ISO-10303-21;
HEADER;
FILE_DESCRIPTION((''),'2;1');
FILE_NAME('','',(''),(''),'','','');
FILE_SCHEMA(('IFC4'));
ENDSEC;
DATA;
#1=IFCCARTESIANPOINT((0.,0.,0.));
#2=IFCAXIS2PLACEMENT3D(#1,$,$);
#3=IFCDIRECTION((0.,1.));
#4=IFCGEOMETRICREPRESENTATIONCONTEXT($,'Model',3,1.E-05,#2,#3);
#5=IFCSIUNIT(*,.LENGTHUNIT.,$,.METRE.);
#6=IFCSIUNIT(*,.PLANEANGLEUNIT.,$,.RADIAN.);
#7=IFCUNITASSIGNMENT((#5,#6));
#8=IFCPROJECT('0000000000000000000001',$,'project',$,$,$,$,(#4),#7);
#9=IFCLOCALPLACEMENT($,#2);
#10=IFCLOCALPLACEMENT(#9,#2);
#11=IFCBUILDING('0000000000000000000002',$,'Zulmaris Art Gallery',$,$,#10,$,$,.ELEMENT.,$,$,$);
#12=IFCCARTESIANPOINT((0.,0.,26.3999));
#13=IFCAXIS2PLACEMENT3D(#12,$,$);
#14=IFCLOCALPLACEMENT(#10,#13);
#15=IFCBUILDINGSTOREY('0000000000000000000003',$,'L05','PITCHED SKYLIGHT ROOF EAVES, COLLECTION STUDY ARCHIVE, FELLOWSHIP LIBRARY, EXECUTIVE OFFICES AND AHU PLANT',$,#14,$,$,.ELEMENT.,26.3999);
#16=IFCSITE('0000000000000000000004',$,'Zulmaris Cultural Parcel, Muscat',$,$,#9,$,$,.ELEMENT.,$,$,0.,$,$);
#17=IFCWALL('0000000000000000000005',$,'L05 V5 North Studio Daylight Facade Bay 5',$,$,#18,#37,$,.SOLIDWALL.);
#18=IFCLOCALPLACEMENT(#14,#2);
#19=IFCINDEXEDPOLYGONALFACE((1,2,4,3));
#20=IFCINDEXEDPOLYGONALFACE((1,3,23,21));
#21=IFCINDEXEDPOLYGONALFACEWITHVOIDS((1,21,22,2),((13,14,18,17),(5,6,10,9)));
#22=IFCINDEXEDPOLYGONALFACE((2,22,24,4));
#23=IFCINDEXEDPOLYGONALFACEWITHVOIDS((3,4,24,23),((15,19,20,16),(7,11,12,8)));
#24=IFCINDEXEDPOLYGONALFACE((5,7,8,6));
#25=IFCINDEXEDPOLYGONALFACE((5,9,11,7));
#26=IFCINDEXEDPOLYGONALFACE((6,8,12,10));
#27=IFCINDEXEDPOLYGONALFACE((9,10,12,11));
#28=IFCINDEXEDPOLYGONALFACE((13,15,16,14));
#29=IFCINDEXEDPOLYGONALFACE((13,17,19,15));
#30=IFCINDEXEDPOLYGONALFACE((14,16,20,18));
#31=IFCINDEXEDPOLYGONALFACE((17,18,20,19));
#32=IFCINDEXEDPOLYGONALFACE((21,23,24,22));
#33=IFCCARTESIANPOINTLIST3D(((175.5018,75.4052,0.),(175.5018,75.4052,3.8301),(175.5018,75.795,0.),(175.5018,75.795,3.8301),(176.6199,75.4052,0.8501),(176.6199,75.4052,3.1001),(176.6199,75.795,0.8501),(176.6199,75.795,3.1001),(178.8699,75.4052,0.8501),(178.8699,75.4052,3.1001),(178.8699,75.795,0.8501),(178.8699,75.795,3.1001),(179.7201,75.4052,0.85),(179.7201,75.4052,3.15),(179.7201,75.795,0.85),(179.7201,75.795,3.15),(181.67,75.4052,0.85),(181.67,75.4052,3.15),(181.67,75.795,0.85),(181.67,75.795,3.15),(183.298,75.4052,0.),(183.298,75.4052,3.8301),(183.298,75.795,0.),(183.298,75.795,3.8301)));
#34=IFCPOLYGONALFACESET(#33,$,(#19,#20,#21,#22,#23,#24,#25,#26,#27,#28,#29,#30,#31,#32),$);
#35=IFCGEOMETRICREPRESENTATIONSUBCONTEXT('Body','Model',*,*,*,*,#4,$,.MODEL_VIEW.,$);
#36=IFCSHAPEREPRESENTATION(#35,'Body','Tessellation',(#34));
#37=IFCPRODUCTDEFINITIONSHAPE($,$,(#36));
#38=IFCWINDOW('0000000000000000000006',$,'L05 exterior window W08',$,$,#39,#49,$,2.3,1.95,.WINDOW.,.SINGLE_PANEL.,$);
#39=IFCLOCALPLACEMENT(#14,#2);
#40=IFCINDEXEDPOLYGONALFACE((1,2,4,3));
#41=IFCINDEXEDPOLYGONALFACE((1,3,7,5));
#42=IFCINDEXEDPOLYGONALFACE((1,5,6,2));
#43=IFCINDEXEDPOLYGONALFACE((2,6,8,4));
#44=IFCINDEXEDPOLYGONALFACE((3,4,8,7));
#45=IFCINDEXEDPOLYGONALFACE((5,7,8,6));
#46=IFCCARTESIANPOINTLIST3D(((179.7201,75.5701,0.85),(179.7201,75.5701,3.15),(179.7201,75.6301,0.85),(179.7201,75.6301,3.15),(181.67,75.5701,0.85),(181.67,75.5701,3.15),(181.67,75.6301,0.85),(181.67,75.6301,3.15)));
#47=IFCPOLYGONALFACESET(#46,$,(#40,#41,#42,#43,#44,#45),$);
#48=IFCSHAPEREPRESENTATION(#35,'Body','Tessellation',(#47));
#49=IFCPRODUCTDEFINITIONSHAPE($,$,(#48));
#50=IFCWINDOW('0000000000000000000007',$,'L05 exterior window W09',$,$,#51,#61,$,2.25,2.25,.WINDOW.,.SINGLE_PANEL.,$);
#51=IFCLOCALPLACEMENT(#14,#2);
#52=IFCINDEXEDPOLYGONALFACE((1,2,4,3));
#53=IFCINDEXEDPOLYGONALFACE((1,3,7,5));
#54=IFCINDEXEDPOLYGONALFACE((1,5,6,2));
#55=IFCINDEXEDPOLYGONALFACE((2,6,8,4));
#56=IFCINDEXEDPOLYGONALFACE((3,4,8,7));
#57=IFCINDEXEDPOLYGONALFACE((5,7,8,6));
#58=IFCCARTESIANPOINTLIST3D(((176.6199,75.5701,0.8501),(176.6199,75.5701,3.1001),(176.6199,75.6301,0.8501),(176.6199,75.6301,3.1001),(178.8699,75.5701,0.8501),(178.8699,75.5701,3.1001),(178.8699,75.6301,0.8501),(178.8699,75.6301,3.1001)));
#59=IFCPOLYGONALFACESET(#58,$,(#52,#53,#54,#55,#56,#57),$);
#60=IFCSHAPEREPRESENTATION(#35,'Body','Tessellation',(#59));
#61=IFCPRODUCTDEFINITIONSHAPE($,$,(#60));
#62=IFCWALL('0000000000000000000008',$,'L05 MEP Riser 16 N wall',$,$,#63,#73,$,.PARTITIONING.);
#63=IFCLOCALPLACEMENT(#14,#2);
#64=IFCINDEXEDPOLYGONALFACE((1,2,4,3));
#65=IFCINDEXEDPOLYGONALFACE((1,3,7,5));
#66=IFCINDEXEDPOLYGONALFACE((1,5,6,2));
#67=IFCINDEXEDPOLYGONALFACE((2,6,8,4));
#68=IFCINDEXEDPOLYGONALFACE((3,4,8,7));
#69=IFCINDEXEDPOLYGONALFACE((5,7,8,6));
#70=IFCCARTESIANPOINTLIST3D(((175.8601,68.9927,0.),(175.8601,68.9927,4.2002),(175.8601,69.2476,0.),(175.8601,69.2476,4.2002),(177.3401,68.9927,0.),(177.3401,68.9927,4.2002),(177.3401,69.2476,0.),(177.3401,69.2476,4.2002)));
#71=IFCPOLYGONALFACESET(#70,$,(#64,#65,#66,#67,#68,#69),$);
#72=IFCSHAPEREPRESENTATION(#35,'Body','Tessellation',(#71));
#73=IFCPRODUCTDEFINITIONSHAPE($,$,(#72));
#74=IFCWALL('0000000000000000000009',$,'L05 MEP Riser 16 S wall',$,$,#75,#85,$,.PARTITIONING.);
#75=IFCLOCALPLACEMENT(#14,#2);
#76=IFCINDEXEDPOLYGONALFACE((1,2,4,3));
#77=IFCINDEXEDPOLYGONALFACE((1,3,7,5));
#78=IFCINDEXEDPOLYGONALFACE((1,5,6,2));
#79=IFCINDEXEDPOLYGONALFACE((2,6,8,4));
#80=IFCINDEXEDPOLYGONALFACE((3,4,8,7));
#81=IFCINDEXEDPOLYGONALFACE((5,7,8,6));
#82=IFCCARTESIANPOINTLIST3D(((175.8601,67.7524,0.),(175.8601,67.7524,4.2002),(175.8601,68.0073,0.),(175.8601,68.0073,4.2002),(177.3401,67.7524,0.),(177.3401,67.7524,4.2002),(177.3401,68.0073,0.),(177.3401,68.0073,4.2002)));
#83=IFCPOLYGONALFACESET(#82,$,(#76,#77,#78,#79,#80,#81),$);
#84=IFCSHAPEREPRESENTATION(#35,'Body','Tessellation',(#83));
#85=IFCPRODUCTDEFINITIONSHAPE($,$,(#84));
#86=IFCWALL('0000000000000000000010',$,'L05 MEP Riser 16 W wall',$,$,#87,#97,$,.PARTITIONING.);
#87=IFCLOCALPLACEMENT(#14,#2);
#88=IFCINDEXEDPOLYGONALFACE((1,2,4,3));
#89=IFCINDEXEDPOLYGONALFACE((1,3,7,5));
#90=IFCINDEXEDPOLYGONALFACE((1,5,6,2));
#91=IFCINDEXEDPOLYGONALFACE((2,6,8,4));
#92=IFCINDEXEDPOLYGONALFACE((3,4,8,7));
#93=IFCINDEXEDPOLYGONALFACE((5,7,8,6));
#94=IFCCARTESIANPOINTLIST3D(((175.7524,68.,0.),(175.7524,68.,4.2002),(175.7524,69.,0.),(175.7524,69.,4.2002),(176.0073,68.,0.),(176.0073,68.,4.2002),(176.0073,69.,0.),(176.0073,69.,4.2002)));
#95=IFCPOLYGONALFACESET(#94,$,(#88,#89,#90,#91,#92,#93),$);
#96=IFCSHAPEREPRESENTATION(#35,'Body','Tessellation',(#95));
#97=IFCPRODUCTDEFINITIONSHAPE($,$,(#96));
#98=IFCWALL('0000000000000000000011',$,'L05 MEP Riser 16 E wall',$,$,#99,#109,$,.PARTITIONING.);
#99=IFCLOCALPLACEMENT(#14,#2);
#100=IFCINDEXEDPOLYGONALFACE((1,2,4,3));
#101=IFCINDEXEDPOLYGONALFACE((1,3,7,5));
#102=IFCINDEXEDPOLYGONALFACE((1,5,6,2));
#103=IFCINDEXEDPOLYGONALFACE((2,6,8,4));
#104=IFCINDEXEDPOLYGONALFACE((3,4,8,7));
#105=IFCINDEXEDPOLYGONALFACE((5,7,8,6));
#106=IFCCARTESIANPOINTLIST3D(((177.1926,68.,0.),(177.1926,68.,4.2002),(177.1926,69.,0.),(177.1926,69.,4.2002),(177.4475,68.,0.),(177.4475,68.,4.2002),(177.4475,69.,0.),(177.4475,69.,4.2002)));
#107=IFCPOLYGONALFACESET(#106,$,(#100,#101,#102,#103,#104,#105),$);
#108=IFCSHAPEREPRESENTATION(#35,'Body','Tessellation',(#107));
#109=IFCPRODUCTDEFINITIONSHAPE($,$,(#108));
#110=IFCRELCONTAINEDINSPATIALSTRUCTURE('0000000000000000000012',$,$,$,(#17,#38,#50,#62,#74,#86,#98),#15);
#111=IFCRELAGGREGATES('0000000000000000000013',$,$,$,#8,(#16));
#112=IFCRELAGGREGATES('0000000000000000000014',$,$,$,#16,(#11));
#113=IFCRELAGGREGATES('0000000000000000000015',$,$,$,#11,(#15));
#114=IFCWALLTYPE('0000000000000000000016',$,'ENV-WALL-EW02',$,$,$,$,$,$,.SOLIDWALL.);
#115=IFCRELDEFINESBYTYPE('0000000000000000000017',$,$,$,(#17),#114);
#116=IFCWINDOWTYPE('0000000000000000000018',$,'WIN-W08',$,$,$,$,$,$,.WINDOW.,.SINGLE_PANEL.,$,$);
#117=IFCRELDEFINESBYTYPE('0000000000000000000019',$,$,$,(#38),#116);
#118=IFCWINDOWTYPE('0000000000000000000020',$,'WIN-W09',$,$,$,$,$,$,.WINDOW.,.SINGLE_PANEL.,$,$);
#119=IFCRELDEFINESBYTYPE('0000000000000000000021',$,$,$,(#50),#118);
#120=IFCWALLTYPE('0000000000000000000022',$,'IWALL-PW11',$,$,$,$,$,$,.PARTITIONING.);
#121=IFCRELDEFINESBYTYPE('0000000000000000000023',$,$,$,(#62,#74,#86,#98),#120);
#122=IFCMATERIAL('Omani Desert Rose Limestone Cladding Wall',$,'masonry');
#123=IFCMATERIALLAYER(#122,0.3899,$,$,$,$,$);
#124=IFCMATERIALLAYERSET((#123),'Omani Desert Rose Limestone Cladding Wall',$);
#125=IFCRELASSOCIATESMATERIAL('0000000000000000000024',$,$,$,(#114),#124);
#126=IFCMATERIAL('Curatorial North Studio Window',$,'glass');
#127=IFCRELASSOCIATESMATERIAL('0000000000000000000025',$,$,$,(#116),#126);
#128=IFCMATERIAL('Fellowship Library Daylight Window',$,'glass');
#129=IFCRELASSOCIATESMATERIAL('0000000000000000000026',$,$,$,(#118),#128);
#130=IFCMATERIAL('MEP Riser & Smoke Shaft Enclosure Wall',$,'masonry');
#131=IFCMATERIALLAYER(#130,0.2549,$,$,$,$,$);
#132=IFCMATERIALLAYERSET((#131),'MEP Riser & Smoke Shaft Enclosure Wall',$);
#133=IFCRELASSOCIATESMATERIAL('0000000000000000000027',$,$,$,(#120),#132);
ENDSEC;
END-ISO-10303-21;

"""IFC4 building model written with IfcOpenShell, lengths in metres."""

from ifc_helpers import new_model, si_unit, direction, frame, frame_2d, origin, place, context, subcontext, project, spatial, rectangle, extrude, material, layer, layer_set, type_object, element, fill, save


model = new_model("IFC4")

# Units and contexts
model_context = context("Model", 3, precision=1e-05, world=origin(), true_north=direction((0.0, 1.0)))
body_context = subcontext(model_context, "Body", "Model", "MODEL_VIEW")
ifc_project = project(units=[si_unit("LENGTHUNIT", "METRE"), si_unit("PLANEANGLEUNIT", "RADIAN")], contexts=[model_context])

# Site, building, storey
site_placement = place(None, origin())
site = spatial("IfcSite", under=ifc_project, at=site_placement, Name="Zulmaris Cultural Parcel, Muscat", CompositionType="ELEMENT", RefElevation=0.0)
building_placement = place(site_placement, origin())
building = spatial("IfcBuilding", under=site, at=building_placement, Name="Zulmaris Art Gallery", CompositionType="ELEMENT")
storey_placement = place(building_placement, frame((0.0, 0.0, 26.3999)))
storey = spatial("IfcBuildingStorey", under=building, at=storey_placement, Name="L05", Description="PITCHED SKYLIGHT ROOF EAVES, COLLECTION STUDY ARCHIVE, FELLOWSHIP LIBRARY, EXECUTIVE OFFICES AND AHU PLANT", CompositionType="ELEMENT", Elevation=26.3999)

# Wall, openings, windows
ifc_material_1 = material(Name="Omani Desert Rose Limestone Cladding Wall", Category="masonry")
ifc_layer_1 = layer(ifc_material_1, 0.3899)
ifc_layer_set_1 = layer_set([ifc_layer_1], Name="Omani Desert Rose Limestone Cladding Wall")
wall_type_1 = type_object("IfcWallType", Name="ENV-WALL-EW02", PredefinedType="SOLIDWALL", material=ifc_layer_set_1)
wall_placement = place(storey_placement, frame((175.502, 75.6001, 0.0), z_axis=(0.0, 0.0, 1.0), x_axis=(1.0, 0.0, 0.0)))
wall = element("IfcWall", 1, at=wall_placement, inside=storey, type_object=wall_type_1, Name="L05 V5 North Studio Daylight Facade Bay 5", PredefinedType="SOLIDWALL", context=body_context, shape_type="SweptSolid", body=[
    extrude(rectangle(XDim=7.7961, YDim=0.3899, at=frame_2d((3.8979, 0.0))), origin(), (0.0, 0.0, 1.0), 3.8301),
])
opening_1_placement = place(wall_placement, frame((1.1179, 0.0, 0.8501)))
opening_1 = element("IfcOpeningElement", 2, at=opening_1_placement, cuts=wall, PredefinedType="OPENING", context=body_context, shape_type="SweptSolid", body=[
    extrude(rectangle(XDim=2.25, YDim=2.25, at=frame_2d((1.125, 1.125))), frame((0.0, 0.2048, 0.0), z_axis=(0.0, -1.0, 0.0), x_axis=(1.0, 0.0, 0.0)), (0.0, 0.0, 1.0), 0.4099),
])
opening_2_placement = place(wall_placement, frame((4.218, 0.0, 0.8501)))
opening_2 = element("IfcOpeningElement", 3, at=opening_2_placement, cuts=wall, PredefinedType="OPENING", context=body_context, shape_type="SweptSolid", body=[
    extrude(rectangle(XDim=1.95, YDim=2.3, at=frame_2d((0.9751, 1.1499))), frame((0.0, 0.2048, 0.0), z_axis=(0.0, -1.0, 0.0), x_axis=(1.0, 0.0, 0.0)), (0.0, 0.0, 1.0), 0.4099),
])
ifc_material_2 = material(Name="Curatorial North Studio Window", Category="glass")
window_type_1 = type_object("IfcWindowType", Name="WIN-W08", PartitioningType="SINGLE_PANEL", PredefinedType="WINDOW", material=ifc_material_2)
window_1_placement = place(opening_2_placement, origin())
window_1 = element("IfcWindow", 4, at=window_1_placement, inside=storey, type_object=window_type_1, Name="L05 exterior window W08", OverallHeight=2.3, OverallWidth=1.95, PartitioningType="SINGLE_PANEL", PredefinedType="WINDOW", context=body_context, shape_type="SweptSolid", body=[
    extrude(rectangle(XDim=1.95, YDim=2.3, at=frame_2d((0.9751, 1.1499))), frame((0.0, 0.03, 0.0), z_axis=(0.0, -1.0, 0.0), x_axis=(1.0, 0.0, 0.0)), (0.0, 0.0, 1.0), 0.0601),
])
fill(opening_2, window_1)
ifc_material_3 = material(Name="Fellowship Library Daylight Window", Category="glass")
window_type_2 = type_object("IfcWindowType", Name="WIN-W09", PartitioningType="SINGLE_PANEL", PredefinedType="WINDOW", material=ifc_material_3)
window_2_placement = place(opening_1_placement, origin())
window_2 = element("IfcWindow", 5, at=window_2_placement, inside=storey, type_object=window_type_2, Name="L05 exterior window W09", OverallHeight=2.25, OverallWidth=2.25, PartitioningType="SINGLE_PANEL", PredefinedType="WINDOW", context=body_context, shape_type="SweptSolid", body=[
    extrude(rectangle(XDim=2.25, YDim=2.25, at=frame_2d((1.125, 1.125))), frame((0.0, 0.03, 0.0), z_axis=(0.0, -1.0, 0.0), x_axis=(1.0, 0.0, 0.0)), (0.0, 0.0, 1.0), 0.0601),
])
fill(opening_1, window_2)

# Walls
ifc_material_4 = material(Name="MEP Riser & Smoke Shaft Enclosure Wall", Category="masonry")
ifc_layer_2 = layer(ifc_material_4, 0.2549)
ifc_layer_set_2 = layer_set([ifc_layer_2], Name="MEP Riser & Smoke Shaft Enclosure Wall")
wall_type_2 = type_object("IfcWallType", Name="IWALL-PW11", PredefinedType="PARTITIONING", material=ifc_layer_set_2)
for number, where, z_axis, x_axis, name in (
    (6, (175.8601, 69.1201, 0.0), (0.0, 0.0, 1.0), (1.0, 0.0, 0.0), "L05 MEP Riser 16 N wall"),
    (7, (175.8601, 67.8799, 0.0), (0.0, 0.0, 1.0), (1.0, 0.0, 0.0), "L05 MEP Riser 16 S wall"),
):
    element("IfcWall", number, at=place(storey_placement, frame(where, z_axis=z_axis, x_axis=x_axis)), inside=storey, type_object=wall_type_2, Name=name, PredefinedType="PARTITIONING", context=body_context, shape_type="SweptSolid", body=[
        extrude(rectangle(XDim=1.48, YDim=0.2549, at=frame_2d((0.74, 0.0))), origin(), (0.0, 0.0, 1.0), 4.2002),
    ])
for number, where, z_axis, x_axis, name in (
    (8, (175.8799, 68.0, 0.0), (0.0, 0.0, 1.0), (0.0, 1.0, 0.0), "L05 MEP Riser 16 W wall"),
    (9, (177.3201, 68.0, 0.0), (0.0, 0.0, 1.0), (0.0, 1.0, 0.0), "L05 MEP Riser 16 E wall"),
):
    element("IfcWall", number, at=place(storey_placement, frame(where, z_axis=z_axis, x_axis=x_axis)), inside=storey, type_object=wall_type_2, Name=name, PredefinedType="PARTITIONING", context=body_context, shape_type="SweptSolid", body=[
        extrude(rectangle(XDim=1.0, YDim=0.2549, at=frame_2d((0.5, 0.0))), origin(), (0.0, 0.0, 1.0), 4.2002),
    ])

save(model, "model.ifc")
